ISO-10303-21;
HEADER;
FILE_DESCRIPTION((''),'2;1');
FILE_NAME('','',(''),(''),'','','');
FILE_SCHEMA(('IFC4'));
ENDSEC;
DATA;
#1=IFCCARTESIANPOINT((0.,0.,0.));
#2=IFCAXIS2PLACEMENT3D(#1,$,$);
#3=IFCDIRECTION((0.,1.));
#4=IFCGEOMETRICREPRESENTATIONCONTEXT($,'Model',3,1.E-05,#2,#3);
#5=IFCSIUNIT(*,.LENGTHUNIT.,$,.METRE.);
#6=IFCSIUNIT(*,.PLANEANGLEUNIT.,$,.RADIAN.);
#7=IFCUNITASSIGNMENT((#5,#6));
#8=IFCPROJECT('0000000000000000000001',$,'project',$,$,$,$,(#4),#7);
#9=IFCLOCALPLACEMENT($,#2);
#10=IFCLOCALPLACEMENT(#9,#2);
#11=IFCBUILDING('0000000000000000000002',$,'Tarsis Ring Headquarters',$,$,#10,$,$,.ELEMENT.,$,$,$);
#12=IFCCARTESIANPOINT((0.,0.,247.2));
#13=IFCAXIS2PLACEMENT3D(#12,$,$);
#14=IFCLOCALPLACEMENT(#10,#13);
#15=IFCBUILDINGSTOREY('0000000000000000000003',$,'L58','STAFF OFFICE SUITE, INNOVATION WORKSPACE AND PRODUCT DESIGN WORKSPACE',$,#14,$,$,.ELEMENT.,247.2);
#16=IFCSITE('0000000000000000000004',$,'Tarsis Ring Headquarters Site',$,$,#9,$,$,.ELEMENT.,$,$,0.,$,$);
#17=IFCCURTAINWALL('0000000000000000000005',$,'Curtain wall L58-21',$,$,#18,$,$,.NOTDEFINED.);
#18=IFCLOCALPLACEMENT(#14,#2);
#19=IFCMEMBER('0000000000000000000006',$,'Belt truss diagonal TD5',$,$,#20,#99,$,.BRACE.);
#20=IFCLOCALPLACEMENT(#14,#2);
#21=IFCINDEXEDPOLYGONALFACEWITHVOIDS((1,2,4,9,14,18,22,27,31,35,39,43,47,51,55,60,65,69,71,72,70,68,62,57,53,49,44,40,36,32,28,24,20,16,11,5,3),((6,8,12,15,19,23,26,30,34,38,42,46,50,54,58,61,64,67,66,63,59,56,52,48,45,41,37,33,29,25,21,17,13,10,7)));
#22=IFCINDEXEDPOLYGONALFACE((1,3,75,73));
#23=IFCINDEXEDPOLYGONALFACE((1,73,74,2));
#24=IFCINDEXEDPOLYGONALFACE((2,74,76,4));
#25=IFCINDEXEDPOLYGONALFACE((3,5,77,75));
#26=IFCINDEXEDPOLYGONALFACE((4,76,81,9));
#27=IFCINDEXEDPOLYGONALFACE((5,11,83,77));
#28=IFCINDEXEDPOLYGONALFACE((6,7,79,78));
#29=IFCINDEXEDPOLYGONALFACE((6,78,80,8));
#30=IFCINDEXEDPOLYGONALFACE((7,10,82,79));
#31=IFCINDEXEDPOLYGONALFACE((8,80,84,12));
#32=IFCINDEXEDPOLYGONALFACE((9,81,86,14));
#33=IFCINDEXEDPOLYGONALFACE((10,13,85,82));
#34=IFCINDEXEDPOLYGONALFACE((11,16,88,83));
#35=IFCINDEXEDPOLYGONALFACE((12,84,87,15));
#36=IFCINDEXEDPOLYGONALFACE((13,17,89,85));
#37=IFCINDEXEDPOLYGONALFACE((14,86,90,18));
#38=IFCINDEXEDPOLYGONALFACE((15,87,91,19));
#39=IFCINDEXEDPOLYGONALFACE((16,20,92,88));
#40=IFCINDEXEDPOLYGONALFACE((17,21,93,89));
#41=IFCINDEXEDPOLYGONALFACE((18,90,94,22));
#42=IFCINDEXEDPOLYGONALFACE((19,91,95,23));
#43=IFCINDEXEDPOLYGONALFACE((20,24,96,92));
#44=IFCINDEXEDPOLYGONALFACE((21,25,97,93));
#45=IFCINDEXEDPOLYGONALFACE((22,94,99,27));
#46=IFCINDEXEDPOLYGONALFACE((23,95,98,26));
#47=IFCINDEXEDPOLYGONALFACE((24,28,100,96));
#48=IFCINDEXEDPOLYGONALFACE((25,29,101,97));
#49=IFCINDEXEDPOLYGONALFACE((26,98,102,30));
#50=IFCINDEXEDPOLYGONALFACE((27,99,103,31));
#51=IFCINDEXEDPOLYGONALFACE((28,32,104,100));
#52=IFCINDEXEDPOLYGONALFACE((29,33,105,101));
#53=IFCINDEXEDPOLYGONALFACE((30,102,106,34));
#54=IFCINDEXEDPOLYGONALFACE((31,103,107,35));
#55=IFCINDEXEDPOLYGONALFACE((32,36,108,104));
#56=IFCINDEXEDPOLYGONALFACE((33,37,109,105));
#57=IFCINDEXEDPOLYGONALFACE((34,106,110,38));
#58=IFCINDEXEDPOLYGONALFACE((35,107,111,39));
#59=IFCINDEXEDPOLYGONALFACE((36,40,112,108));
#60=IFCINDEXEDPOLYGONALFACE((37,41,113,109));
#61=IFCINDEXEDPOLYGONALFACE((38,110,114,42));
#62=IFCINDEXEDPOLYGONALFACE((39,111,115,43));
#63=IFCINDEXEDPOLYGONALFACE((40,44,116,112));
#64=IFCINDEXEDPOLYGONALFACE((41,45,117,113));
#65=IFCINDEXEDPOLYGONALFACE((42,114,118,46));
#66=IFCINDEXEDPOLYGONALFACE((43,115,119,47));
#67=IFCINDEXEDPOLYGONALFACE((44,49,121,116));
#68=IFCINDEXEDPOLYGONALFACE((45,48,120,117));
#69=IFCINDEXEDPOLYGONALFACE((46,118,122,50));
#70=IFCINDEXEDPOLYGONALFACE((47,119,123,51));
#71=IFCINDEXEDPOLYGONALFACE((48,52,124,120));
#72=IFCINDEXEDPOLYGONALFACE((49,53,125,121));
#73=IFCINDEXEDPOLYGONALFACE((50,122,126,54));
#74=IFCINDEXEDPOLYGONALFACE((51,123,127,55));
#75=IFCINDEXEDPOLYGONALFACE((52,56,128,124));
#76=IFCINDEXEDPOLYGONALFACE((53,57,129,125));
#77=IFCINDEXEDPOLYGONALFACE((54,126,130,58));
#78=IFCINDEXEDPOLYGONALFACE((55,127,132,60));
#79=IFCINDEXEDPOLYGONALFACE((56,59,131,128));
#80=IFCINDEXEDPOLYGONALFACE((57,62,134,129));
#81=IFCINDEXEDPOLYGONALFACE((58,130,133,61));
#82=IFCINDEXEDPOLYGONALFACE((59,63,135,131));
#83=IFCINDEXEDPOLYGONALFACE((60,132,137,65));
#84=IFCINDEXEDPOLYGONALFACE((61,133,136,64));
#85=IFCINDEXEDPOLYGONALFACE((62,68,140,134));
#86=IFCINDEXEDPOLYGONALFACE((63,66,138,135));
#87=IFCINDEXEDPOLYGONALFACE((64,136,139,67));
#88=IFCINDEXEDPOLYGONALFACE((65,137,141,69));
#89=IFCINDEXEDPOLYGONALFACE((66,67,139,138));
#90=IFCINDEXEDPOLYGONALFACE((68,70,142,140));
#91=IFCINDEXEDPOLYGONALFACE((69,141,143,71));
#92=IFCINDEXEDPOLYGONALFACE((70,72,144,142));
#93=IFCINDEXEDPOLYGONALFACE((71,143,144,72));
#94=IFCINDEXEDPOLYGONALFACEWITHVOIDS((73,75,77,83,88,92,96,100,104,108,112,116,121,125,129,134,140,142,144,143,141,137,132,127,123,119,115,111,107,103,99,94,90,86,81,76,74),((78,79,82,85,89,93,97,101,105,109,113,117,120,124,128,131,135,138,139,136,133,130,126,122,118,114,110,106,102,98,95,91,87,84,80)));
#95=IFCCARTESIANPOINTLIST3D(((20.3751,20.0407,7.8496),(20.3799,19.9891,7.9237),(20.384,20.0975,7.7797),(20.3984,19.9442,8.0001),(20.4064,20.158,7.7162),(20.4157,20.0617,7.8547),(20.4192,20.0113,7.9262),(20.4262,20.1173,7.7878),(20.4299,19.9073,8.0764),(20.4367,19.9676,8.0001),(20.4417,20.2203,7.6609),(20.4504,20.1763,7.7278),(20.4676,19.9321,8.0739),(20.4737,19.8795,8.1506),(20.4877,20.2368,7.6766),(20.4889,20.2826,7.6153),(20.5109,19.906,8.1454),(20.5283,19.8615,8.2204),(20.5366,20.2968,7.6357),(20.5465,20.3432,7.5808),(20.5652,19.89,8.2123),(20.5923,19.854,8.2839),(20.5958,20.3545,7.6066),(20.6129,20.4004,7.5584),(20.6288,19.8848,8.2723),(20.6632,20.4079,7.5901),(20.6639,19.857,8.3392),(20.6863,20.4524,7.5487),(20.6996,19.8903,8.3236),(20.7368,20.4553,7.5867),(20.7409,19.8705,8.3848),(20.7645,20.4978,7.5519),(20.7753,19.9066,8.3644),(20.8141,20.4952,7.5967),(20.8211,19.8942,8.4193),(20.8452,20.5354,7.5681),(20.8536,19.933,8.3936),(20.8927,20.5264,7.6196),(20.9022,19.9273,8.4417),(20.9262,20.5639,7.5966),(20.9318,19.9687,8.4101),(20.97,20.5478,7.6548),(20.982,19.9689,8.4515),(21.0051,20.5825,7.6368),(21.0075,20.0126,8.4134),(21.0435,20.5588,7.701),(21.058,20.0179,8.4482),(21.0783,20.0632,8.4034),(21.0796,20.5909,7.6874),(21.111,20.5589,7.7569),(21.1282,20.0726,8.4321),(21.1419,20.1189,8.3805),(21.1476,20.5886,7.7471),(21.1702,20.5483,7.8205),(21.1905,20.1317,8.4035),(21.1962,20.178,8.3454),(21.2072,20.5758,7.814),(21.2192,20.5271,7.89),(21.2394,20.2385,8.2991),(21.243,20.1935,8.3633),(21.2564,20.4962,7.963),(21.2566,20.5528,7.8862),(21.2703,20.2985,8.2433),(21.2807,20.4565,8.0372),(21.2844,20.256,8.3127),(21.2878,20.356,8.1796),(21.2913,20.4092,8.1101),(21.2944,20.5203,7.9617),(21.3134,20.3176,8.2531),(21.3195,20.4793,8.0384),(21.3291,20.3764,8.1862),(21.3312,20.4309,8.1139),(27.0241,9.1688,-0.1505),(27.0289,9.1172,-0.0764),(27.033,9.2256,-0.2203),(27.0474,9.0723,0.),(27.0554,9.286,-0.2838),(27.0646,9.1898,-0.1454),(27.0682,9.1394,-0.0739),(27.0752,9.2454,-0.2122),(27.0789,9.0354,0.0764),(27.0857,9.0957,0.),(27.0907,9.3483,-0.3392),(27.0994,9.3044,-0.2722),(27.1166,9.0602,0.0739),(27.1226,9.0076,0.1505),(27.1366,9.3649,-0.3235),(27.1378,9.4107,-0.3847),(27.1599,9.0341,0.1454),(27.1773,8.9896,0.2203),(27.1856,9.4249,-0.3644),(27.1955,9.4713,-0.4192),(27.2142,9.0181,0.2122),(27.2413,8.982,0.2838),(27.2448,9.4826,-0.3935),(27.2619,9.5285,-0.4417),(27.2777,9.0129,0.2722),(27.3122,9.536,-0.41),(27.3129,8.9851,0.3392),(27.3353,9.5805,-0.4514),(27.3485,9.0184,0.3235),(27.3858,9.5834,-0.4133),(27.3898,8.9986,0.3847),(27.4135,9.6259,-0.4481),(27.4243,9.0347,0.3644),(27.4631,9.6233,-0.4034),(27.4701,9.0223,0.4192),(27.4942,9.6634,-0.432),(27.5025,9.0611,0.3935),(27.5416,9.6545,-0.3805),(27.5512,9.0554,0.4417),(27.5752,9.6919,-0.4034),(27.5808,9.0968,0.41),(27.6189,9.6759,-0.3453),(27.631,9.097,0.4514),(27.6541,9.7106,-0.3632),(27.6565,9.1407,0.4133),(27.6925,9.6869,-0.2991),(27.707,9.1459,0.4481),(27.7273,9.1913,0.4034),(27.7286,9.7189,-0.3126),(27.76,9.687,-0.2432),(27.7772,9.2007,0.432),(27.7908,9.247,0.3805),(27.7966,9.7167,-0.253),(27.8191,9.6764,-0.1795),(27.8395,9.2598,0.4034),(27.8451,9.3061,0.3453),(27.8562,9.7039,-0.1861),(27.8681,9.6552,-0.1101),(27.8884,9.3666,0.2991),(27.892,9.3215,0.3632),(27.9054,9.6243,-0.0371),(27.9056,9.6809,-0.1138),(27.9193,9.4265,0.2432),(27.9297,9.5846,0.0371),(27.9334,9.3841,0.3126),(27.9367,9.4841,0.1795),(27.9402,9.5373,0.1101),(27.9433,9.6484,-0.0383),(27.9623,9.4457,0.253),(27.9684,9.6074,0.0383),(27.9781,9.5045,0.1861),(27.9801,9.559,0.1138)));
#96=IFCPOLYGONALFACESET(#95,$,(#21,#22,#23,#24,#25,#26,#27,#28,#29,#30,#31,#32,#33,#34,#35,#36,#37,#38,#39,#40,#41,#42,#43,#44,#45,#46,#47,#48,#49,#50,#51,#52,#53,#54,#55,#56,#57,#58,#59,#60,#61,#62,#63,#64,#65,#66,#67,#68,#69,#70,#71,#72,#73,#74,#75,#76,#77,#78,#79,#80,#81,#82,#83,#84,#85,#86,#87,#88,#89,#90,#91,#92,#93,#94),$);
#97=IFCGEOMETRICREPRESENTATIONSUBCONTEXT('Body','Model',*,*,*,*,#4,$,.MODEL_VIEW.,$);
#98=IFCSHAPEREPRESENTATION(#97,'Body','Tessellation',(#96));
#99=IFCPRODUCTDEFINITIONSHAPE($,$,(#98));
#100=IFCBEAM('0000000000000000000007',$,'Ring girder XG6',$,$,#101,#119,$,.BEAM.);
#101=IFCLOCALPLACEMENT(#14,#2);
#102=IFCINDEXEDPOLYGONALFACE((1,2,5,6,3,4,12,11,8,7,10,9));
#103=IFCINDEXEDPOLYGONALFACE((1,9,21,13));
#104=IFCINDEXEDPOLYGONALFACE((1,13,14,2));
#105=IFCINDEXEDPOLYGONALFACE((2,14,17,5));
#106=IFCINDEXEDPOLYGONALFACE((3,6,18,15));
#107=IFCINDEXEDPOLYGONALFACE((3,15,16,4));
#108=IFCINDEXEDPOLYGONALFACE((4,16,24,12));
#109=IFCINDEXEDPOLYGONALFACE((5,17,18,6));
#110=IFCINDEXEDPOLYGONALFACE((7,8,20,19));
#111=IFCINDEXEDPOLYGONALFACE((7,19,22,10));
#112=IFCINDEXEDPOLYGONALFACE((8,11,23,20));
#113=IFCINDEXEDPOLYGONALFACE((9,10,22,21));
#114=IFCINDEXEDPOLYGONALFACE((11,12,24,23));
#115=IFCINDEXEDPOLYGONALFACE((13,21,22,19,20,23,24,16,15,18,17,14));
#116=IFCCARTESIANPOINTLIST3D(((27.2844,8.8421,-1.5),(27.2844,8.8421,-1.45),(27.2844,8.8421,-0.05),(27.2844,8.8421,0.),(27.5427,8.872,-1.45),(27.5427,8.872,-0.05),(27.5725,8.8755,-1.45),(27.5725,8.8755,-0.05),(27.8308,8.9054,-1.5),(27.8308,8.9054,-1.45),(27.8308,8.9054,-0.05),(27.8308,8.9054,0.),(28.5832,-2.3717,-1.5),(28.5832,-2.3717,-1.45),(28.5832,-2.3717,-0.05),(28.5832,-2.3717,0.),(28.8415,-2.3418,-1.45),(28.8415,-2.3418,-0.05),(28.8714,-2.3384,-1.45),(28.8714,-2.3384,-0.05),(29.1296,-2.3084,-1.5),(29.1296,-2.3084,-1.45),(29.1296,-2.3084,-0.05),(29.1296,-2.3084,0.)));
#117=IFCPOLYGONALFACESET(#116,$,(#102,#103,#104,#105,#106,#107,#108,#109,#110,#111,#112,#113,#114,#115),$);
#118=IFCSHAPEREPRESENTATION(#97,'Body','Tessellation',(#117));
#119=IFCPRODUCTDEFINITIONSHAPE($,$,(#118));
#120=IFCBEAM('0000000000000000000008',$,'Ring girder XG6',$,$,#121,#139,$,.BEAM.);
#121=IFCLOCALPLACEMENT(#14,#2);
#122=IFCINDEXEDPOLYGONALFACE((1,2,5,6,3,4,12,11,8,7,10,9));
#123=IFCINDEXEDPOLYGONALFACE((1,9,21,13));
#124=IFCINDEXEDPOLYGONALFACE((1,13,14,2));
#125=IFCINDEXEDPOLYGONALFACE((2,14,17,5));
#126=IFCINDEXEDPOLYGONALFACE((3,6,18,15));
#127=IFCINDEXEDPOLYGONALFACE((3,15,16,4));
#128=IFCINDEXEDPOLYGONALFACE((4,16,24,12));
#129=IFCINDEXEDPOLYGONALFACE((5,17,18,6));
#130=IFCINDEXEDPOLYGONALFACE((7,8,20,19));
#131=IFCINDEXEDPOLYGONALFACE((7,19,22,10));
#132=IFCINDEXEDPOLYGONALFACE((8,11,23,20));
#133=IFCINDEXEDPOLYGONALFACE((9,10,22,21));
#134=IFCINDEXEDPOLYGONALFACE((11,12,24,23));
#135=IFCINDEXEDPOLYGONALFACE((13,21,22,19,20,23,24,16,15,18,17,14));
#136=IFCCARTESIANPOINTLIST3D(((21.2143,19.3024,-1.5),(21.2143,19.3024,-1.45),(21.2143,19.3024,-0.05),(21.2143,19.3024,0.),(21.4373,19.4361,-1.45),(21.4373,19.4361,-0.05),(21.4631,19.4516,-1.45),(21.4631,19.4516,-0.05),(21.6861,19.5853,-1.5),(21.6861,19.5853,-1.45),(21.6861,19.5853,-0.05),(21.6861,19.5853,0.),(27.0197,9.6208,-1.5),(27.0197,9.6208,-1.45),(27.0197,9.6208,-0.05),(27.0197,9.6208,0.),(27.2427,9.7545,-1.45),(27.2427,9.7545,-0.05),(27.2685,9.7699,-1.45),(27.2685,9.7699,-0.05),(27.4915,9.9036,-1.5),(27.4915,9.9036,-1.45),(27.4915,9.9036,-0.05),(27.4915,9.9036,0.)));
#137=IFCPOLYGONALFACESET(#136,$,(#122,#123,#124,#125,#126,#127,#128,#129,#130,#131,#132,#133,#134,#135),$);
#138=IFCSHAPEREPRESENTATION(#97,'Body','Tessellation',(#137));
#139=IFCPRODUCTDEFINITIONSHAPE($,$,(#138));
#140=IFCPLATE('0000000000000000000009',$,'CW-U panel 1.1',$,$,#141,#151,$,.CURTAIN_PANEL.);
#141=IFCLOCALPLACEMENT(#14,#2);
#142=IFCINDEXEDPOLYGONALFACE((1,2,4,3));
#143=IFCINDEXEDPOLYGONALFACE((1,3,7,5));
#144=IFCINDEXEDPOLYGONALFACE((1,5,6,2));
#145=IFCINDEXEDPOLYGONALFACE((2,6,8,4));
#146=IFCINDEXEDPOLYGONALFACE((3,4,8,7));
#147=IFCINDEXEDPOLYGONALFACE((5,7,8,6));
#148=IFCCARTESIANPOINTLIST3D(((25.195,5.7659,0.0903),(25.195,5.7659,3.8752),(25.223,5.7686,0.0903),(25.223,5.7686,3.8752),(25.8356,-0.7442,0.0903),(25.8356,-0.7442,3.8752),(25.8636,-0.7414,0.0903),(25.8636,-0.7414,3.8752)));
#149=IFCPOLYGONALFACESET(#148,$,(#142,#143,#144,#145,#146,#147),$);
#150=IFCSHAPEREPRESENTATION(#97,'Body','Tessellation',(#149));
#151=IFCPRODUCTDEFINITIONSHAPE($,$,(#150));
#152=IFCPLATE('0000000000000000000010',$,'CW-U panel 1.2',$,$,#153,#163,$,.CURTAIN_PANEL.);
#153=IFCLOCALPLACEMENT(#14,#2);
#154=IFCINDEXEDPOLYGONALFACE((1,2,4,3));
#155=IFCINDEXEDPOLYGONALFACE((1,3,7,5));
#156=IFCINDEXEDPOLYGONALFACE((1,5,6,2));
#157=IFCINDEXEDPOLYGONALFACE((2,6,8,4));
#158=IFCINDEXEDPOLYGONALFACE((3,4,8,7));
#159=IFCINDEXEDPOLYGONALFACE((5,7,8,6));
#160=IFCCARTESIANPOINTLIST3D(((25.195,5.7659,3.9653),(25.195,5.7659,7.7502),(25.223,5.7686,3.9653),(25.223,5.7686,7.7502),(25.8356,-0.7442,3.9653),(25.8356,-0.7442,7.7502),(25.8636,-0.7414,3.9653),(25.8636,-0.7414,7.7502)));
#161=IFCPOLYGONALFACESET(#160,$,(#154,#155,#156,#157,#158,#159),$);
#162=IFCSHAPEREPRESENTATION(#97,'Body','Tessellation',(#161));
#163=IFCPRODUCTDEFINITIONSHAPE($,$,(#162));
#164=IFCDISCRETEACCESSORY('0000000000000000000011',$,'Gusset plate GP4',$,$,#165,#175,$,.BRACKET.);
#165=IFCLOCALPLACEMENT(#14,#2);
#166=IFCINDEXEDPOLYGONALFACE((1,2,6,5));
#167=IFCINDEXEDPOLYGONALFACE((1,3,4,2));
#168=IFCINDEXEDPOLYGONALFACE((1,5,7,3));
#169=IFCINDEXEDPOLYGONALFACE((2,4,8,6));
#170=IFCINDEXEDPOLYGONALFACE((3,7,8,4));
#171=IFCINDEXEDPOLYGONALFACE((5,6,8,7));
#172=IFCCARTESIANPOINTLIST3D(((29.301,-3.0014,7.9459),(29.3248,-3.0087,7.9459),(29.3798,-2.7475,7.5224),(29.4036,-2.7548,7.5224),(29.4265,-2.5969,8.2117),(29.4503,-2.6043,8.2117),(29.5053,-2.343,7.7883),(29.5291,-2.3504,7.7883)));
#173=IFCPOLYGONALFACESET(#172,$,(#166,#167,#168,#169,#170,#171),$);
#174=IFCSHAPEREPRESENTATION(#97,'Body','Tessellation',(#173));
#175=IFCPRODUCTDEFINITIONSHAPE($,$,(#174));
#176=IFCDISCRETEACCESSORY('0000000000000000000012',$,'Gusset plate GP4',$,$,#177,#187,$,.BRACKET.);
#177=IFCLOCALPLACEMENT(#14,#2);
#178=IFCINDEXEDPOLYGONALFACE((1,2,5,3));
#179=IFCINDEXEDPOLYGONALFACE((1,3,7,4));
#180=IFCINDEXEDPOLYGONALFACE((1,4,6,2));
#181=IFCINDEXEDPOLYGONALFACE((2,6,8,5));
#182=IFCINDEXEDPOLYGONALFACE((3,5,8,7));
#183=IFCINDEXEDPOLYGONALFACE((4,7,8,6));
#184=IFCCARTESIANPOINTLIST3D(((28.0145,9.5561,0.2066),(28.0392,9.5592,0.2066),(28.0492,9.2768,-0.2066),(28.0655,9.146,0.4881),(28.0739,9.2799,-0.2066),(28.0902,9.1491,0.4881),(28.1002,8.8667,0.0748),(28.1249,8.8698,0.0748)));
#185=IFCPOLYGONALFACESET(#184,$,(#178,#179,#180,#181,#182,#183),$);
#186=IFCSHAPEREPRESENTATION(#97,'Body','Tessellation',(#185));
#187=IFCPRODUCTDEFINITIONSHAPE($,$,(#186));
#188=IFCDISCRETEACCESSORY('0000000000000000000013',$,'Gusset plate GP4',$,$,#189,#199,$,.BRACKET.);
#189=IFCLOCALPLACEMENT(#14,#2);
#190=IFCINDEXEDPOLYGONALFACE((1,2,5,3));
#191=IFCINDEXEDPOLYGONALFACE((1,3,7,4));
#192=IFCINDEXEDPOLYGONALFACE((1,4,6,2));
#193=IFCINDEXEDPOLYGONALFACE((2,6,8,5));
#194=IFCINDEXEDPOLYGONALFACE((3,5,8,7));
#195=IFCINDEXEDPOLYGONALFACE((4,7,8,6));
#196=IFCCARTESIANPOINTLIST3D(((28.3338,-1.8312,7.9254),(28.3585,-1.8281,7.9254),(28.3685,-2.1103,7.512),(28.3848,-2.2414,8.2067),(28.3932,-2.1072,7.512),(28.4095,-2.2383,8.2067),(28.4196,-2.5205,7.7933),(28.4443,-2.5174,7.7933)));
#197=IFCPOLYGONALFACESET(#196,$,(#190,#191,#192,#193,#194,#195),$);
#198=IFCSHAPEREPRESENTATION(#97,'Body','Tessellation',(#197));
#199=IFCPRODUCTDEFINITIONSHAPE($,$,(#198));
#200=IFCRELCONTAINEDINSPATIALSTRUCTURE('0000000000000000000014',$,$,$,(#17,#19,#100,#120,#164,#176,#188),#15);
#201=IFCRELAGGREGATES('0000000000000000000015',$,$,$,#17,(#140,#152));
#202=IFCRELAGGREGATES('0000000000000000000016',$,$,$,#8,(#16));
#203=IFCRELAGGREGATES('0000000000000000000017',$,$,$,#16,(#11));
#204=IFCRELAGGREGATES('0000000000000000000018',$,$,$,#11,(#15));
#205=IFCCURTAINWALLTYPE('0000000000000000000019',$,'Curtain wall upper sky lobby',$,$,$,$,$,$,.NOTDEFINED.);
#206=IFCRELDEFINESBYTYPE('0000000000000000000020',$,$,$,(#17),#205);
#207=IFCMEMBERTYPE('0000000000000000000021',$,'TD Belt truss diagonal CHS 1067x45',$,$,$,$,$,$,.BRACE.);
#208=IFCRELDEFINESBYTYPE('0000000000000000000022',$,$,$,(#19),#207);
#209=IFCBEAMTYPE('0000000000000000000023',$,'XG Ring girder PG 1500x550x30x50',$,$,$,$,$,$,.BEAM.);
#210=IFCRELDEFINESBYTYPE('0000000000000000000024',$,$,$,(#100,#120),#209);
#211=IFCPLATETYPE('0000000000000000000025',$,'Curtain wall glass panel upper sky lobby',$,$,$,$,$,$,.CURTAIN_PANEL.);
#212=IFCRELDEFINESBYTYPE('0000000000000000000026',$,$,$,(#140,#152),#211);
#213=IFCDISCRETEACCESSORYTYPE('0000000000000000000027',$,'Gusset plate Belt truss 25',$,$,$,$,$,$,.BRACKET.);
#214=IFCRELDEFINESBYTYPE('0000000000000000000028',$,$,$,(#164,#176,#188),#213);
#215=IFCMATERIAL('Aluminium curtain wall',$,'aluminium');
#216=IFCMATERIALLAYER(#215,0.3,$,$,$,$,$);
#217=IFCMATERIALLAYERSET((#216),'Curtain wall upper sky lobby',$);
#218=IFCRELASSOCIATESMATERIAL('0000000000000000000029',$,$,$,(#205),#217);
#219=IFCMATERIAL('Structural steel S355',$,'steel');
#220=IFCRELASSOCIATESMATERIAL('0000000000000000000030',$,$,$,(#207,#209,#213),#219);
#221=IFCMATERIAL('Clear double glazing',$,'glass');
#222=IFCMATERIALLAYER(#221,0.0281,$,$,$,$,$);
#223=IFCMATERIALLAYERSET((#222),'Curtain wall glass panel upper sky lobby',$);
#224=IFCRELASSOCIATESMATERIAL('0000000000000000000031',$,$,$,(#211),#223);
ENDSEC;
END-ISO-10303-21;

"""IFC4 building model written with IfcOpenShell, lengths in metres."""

from ifc_helpers import new_model, si_unit, direction, frame, origin, origin_2d, place, context, subcontext, project, spatial, rectangle, hollow_circle, i_section, extrude, material, layer, layer_set, material_profile, profile_set, type_object, element, aggregate, save


model = new_model("IFC4")

# Units and contexts
model_context = context("Model", 3, precision=1e-05, world=origin(), true_north=direction((0.0, 1.0)))
body_context = subcontext(model_context, "Body", "Model", "MODEL_VIEW")
ifc_project = project(units=[si_unit("LENGTHUNIT", "METRE"), si_unit("PLANEANGLEUNIT", "RADIAN")], contexts=[model_context])

# Site, building, storey
site_placement = place(None, origin())
site = spatial("IfcSite", under=ifc_project, at=site_placement, Name="Tarsis Ring Headquarters Site", CompositionType="ELEMENT", RefElevation=0.0)
building_placement = place(site_placement, origin())
building = spatial("IfcBuilding", under=site, at=building_placement, Name="Tarsis Ring Headquarters", CompositionType="ELEMENT")
storey_placement = place(building_placement, frame((0.0, 0.0, 247.2)))
storey = spatial("IfcBuildingStorey", under=building, at=storey_placement, Name="L58", Description="STAFF OFFICE SUITE, INNOVATION WORKSPACE AND PRODUCT DESIGN WORKSPACE", CompositionType="ELEMENT", Elevation=247.2)

# Shared definitions
ifc_material_1 = material(Name="Structural steel S355", Category="steel")
ifc_material_profile_1 = material_profile(ifc_material_1, hollow_circle(Radius=0.5334, WallThickness=0.0449, at=origin_2d()), Name="CHS 1067x45")
ifc_profile_set_1 = profile_set([ifc_material_profile_1], Name="Structural steel S355")

# Shared definitions
ifc_material_2 = material(Name="Aluminium curtain wall", Category="aluminium")
ifc_layer_1 = layer(ifc_material_2, 0.3)
ifc_layer_set_1 = layer_set([ifc_layer_1], Name="Curtain wall upper sky lobby")
curtain_wall_type = type_object("IfcCurtainWallType", Name="Curtain wall upper sky lobby", PredefinedType="NOTDEFINED", material=ifc_layer_set_1)

# Curtain wall
curtain_wall_1_placement = place(storey_placement, origin())
curtain_wall_1 = element("IfcCurtainWall", 1, at=curtain_wall_1_placement, inside=storey, type_object=curtain_wall_type, Name="Curtain wall L58-21", PredefinedType="NOTDEFINED")

# Member
member_type_1 = type_object("IfcMemberType", Name="TD Belt truss diagonal CHS 1067x45", PredefinedType="BRACE", material=ifc_profile_set_1)
member_1_placement = place(storey_placement, frame((27.5024, 9.3506, 0.0), z_axis=(-0.441884, 0.722536, 0.531676), x_axis=(-0.853106, -0.521737, 0.0)))
element("IfcMember", 2, at=member_1_placement, inside=storey, type_object=member_type_1, Name="Belt truss diagonal TD5", PredefinedType="BRACE", context=body_context, shape_type="SweptSolid", body=[
    extrude(hollow_circle(Radius=0.5334, WallThickness=0.0449, at=origin_2d()), origin(), (0.0, 0.0, 1.0), 15.0469),
])

# Beams
ifc_material_profile_2 = material_profile(ifc_material_1, i_section(OverallWidth=0.55, OverallDepth=1.5, WebThickness=0.03, FlangeThickness=0.05, at=origin_2d()), Name="PG 1500x550x30x50")
ifc_profile_set_2 = profile_set([ifc_material_profile_2], Name="Structural steel S355")
beam_type = type_object("IfcBeamType", Name="XG Ring girder PG 1500x550x30x50", PredefinedType="BEAM", material=ifc_profile_set_2)
for number, where, z_axis, x_axis, name in (
    (3, (28.8564, -2.3401, -0.75), (-0.115054, 0.993359, 0.0), (-0.993359, -0.115054, 0.0), "Ring girder XG6"),
    (4, (27.2556, 9.7622, -0.75), (-0.514264, 0.857632, 0.0), (-0.857632, -0.514264, 0.0), "Ring girder XG6"),
):
    element("IfcBeam", number, at=place(storey_placement, frame(where, z_axis=z_axis, x_axis=x_axis)), inside=storey, type_object=beam_type, Name=name, PredefinedType="BEAM", context=body_context, shape_type="SweptSolid", body=[
        extrude(i_section(OverallWidth=0.55, OverallDepth=1.5, WebThickness=0.03, FlangeThickness=0.05, at=origin_2d()), origin(), (0.0, 0.0, 1.0), 11.2888),
    ])

# Plates
ifc_material_3 = material(Name="Clear double glazing", Category="glass")
ifc_layer_2 = layer(ifc_material_3, 0.0281)
ifc_layer_set_2 = layer_set([ifc_layer_2], Name="Curtain wall glass panel upper sky lobby")
plate_type = type_object("IfcPlateType", Name="Curtain wall glass panel upper sky lobby", PredefinedType="CURTAIN_PANEL", material=ifc_layer_set_2)
plate_1_placement = place(storey_placement, frame((25.5293, 2.5122, 0.0903), z_axis=(0.0, 0.0, 1.0), x_axis=(-0.09793, 0.995193, 0.0)))
plate_1 = element("IfcPlate", 5, at=plate_1_placement, type_object=plate_type, Name="CW-U panel 1.1", PredefinedType="CURTAIN_PANEL", context=body_context, shape_type="SweptSolid", body=[
    extrude(rectangle(XDim=6.5415, YDim=0.0281, at=origin_2d()), origin(), (0.0, 0.0, 1.0), 3.7849),
])
plate_2_placement = place(storey_placement, frame((25.5293, 2.5122, 3.9653), z_axis=(0.0, 0.0, 1.0), x_axis=(-0.09793, 0.995193, 0.0)))
plate_2 = element("IfcPlate", 6, at=plate_2_placement, type_object=plate_type, Name="CW-U panel 1.2", PredefinedType="CURTAIN_PANEL", context=body_context, shape_type="SweptSolid", body=[
    extrude(rectangle(XDim=6.5415, YDim=0.0281, at=origin_2d()), origin(), (0.0, 0.0, 1.0), 3.7849),
])
aggregate(curtain_wall_1, [plate_1, plate_2])

# Discrete accessories
ifc_material_profile_3 = material_profile(ifc_material_1, rectangle(XDim=0.0249, YDim=0.5, at=origin_2d()), Name="PL 25x500")
ifc_profile_set_3 = profile_set([ifc_material_profile_3], Name="Structural steel S355")
discrete_accessory_type_1 = type_object("IfcDiscreteAccessoryType", Name="Gusset plate Belt truss 25", PredefinedType="BRACKET", material=ifc_profile_set_3)
for number, where, z_axis, x_axis, name in (
    (7, (29.4778, -2.4736, 8.0), (-0.250933, -0.808941, -0.531646), (0.955104, -0.296272, 0.0), "Gusset plate GP4"),
    (8, (28.0442, 9.418, 0.0), (0.102036, -0.820197, 0.562909), (0.99235, 0.123453, 0.0), "Gusset plate GP4"),
    (9, (28.4146, -2.3794, 8.0), (-0.102064, 0.820422, -0.562575), (-0.99235, -0.123453, 0.0), "Gusset plate GP4"),
):
    element("IfcDiscreteAccessory", number, at=place(storey_placement, frame(where, z_axis=z_axis, x_axis=x_axis)), inside=storey, type_object=discrete_accessory_type_1, Name=name, PredefinedType="BRACKET", context=body_context, shape_type="SweptSolid", body=[
        extrude(rectangle(XDim=0.0249, YDim=0.5, at=origin_2d()), origin(), (0.0, 0.0, 1.0), 0.5),
    ])

save(model, "model.ifc")
